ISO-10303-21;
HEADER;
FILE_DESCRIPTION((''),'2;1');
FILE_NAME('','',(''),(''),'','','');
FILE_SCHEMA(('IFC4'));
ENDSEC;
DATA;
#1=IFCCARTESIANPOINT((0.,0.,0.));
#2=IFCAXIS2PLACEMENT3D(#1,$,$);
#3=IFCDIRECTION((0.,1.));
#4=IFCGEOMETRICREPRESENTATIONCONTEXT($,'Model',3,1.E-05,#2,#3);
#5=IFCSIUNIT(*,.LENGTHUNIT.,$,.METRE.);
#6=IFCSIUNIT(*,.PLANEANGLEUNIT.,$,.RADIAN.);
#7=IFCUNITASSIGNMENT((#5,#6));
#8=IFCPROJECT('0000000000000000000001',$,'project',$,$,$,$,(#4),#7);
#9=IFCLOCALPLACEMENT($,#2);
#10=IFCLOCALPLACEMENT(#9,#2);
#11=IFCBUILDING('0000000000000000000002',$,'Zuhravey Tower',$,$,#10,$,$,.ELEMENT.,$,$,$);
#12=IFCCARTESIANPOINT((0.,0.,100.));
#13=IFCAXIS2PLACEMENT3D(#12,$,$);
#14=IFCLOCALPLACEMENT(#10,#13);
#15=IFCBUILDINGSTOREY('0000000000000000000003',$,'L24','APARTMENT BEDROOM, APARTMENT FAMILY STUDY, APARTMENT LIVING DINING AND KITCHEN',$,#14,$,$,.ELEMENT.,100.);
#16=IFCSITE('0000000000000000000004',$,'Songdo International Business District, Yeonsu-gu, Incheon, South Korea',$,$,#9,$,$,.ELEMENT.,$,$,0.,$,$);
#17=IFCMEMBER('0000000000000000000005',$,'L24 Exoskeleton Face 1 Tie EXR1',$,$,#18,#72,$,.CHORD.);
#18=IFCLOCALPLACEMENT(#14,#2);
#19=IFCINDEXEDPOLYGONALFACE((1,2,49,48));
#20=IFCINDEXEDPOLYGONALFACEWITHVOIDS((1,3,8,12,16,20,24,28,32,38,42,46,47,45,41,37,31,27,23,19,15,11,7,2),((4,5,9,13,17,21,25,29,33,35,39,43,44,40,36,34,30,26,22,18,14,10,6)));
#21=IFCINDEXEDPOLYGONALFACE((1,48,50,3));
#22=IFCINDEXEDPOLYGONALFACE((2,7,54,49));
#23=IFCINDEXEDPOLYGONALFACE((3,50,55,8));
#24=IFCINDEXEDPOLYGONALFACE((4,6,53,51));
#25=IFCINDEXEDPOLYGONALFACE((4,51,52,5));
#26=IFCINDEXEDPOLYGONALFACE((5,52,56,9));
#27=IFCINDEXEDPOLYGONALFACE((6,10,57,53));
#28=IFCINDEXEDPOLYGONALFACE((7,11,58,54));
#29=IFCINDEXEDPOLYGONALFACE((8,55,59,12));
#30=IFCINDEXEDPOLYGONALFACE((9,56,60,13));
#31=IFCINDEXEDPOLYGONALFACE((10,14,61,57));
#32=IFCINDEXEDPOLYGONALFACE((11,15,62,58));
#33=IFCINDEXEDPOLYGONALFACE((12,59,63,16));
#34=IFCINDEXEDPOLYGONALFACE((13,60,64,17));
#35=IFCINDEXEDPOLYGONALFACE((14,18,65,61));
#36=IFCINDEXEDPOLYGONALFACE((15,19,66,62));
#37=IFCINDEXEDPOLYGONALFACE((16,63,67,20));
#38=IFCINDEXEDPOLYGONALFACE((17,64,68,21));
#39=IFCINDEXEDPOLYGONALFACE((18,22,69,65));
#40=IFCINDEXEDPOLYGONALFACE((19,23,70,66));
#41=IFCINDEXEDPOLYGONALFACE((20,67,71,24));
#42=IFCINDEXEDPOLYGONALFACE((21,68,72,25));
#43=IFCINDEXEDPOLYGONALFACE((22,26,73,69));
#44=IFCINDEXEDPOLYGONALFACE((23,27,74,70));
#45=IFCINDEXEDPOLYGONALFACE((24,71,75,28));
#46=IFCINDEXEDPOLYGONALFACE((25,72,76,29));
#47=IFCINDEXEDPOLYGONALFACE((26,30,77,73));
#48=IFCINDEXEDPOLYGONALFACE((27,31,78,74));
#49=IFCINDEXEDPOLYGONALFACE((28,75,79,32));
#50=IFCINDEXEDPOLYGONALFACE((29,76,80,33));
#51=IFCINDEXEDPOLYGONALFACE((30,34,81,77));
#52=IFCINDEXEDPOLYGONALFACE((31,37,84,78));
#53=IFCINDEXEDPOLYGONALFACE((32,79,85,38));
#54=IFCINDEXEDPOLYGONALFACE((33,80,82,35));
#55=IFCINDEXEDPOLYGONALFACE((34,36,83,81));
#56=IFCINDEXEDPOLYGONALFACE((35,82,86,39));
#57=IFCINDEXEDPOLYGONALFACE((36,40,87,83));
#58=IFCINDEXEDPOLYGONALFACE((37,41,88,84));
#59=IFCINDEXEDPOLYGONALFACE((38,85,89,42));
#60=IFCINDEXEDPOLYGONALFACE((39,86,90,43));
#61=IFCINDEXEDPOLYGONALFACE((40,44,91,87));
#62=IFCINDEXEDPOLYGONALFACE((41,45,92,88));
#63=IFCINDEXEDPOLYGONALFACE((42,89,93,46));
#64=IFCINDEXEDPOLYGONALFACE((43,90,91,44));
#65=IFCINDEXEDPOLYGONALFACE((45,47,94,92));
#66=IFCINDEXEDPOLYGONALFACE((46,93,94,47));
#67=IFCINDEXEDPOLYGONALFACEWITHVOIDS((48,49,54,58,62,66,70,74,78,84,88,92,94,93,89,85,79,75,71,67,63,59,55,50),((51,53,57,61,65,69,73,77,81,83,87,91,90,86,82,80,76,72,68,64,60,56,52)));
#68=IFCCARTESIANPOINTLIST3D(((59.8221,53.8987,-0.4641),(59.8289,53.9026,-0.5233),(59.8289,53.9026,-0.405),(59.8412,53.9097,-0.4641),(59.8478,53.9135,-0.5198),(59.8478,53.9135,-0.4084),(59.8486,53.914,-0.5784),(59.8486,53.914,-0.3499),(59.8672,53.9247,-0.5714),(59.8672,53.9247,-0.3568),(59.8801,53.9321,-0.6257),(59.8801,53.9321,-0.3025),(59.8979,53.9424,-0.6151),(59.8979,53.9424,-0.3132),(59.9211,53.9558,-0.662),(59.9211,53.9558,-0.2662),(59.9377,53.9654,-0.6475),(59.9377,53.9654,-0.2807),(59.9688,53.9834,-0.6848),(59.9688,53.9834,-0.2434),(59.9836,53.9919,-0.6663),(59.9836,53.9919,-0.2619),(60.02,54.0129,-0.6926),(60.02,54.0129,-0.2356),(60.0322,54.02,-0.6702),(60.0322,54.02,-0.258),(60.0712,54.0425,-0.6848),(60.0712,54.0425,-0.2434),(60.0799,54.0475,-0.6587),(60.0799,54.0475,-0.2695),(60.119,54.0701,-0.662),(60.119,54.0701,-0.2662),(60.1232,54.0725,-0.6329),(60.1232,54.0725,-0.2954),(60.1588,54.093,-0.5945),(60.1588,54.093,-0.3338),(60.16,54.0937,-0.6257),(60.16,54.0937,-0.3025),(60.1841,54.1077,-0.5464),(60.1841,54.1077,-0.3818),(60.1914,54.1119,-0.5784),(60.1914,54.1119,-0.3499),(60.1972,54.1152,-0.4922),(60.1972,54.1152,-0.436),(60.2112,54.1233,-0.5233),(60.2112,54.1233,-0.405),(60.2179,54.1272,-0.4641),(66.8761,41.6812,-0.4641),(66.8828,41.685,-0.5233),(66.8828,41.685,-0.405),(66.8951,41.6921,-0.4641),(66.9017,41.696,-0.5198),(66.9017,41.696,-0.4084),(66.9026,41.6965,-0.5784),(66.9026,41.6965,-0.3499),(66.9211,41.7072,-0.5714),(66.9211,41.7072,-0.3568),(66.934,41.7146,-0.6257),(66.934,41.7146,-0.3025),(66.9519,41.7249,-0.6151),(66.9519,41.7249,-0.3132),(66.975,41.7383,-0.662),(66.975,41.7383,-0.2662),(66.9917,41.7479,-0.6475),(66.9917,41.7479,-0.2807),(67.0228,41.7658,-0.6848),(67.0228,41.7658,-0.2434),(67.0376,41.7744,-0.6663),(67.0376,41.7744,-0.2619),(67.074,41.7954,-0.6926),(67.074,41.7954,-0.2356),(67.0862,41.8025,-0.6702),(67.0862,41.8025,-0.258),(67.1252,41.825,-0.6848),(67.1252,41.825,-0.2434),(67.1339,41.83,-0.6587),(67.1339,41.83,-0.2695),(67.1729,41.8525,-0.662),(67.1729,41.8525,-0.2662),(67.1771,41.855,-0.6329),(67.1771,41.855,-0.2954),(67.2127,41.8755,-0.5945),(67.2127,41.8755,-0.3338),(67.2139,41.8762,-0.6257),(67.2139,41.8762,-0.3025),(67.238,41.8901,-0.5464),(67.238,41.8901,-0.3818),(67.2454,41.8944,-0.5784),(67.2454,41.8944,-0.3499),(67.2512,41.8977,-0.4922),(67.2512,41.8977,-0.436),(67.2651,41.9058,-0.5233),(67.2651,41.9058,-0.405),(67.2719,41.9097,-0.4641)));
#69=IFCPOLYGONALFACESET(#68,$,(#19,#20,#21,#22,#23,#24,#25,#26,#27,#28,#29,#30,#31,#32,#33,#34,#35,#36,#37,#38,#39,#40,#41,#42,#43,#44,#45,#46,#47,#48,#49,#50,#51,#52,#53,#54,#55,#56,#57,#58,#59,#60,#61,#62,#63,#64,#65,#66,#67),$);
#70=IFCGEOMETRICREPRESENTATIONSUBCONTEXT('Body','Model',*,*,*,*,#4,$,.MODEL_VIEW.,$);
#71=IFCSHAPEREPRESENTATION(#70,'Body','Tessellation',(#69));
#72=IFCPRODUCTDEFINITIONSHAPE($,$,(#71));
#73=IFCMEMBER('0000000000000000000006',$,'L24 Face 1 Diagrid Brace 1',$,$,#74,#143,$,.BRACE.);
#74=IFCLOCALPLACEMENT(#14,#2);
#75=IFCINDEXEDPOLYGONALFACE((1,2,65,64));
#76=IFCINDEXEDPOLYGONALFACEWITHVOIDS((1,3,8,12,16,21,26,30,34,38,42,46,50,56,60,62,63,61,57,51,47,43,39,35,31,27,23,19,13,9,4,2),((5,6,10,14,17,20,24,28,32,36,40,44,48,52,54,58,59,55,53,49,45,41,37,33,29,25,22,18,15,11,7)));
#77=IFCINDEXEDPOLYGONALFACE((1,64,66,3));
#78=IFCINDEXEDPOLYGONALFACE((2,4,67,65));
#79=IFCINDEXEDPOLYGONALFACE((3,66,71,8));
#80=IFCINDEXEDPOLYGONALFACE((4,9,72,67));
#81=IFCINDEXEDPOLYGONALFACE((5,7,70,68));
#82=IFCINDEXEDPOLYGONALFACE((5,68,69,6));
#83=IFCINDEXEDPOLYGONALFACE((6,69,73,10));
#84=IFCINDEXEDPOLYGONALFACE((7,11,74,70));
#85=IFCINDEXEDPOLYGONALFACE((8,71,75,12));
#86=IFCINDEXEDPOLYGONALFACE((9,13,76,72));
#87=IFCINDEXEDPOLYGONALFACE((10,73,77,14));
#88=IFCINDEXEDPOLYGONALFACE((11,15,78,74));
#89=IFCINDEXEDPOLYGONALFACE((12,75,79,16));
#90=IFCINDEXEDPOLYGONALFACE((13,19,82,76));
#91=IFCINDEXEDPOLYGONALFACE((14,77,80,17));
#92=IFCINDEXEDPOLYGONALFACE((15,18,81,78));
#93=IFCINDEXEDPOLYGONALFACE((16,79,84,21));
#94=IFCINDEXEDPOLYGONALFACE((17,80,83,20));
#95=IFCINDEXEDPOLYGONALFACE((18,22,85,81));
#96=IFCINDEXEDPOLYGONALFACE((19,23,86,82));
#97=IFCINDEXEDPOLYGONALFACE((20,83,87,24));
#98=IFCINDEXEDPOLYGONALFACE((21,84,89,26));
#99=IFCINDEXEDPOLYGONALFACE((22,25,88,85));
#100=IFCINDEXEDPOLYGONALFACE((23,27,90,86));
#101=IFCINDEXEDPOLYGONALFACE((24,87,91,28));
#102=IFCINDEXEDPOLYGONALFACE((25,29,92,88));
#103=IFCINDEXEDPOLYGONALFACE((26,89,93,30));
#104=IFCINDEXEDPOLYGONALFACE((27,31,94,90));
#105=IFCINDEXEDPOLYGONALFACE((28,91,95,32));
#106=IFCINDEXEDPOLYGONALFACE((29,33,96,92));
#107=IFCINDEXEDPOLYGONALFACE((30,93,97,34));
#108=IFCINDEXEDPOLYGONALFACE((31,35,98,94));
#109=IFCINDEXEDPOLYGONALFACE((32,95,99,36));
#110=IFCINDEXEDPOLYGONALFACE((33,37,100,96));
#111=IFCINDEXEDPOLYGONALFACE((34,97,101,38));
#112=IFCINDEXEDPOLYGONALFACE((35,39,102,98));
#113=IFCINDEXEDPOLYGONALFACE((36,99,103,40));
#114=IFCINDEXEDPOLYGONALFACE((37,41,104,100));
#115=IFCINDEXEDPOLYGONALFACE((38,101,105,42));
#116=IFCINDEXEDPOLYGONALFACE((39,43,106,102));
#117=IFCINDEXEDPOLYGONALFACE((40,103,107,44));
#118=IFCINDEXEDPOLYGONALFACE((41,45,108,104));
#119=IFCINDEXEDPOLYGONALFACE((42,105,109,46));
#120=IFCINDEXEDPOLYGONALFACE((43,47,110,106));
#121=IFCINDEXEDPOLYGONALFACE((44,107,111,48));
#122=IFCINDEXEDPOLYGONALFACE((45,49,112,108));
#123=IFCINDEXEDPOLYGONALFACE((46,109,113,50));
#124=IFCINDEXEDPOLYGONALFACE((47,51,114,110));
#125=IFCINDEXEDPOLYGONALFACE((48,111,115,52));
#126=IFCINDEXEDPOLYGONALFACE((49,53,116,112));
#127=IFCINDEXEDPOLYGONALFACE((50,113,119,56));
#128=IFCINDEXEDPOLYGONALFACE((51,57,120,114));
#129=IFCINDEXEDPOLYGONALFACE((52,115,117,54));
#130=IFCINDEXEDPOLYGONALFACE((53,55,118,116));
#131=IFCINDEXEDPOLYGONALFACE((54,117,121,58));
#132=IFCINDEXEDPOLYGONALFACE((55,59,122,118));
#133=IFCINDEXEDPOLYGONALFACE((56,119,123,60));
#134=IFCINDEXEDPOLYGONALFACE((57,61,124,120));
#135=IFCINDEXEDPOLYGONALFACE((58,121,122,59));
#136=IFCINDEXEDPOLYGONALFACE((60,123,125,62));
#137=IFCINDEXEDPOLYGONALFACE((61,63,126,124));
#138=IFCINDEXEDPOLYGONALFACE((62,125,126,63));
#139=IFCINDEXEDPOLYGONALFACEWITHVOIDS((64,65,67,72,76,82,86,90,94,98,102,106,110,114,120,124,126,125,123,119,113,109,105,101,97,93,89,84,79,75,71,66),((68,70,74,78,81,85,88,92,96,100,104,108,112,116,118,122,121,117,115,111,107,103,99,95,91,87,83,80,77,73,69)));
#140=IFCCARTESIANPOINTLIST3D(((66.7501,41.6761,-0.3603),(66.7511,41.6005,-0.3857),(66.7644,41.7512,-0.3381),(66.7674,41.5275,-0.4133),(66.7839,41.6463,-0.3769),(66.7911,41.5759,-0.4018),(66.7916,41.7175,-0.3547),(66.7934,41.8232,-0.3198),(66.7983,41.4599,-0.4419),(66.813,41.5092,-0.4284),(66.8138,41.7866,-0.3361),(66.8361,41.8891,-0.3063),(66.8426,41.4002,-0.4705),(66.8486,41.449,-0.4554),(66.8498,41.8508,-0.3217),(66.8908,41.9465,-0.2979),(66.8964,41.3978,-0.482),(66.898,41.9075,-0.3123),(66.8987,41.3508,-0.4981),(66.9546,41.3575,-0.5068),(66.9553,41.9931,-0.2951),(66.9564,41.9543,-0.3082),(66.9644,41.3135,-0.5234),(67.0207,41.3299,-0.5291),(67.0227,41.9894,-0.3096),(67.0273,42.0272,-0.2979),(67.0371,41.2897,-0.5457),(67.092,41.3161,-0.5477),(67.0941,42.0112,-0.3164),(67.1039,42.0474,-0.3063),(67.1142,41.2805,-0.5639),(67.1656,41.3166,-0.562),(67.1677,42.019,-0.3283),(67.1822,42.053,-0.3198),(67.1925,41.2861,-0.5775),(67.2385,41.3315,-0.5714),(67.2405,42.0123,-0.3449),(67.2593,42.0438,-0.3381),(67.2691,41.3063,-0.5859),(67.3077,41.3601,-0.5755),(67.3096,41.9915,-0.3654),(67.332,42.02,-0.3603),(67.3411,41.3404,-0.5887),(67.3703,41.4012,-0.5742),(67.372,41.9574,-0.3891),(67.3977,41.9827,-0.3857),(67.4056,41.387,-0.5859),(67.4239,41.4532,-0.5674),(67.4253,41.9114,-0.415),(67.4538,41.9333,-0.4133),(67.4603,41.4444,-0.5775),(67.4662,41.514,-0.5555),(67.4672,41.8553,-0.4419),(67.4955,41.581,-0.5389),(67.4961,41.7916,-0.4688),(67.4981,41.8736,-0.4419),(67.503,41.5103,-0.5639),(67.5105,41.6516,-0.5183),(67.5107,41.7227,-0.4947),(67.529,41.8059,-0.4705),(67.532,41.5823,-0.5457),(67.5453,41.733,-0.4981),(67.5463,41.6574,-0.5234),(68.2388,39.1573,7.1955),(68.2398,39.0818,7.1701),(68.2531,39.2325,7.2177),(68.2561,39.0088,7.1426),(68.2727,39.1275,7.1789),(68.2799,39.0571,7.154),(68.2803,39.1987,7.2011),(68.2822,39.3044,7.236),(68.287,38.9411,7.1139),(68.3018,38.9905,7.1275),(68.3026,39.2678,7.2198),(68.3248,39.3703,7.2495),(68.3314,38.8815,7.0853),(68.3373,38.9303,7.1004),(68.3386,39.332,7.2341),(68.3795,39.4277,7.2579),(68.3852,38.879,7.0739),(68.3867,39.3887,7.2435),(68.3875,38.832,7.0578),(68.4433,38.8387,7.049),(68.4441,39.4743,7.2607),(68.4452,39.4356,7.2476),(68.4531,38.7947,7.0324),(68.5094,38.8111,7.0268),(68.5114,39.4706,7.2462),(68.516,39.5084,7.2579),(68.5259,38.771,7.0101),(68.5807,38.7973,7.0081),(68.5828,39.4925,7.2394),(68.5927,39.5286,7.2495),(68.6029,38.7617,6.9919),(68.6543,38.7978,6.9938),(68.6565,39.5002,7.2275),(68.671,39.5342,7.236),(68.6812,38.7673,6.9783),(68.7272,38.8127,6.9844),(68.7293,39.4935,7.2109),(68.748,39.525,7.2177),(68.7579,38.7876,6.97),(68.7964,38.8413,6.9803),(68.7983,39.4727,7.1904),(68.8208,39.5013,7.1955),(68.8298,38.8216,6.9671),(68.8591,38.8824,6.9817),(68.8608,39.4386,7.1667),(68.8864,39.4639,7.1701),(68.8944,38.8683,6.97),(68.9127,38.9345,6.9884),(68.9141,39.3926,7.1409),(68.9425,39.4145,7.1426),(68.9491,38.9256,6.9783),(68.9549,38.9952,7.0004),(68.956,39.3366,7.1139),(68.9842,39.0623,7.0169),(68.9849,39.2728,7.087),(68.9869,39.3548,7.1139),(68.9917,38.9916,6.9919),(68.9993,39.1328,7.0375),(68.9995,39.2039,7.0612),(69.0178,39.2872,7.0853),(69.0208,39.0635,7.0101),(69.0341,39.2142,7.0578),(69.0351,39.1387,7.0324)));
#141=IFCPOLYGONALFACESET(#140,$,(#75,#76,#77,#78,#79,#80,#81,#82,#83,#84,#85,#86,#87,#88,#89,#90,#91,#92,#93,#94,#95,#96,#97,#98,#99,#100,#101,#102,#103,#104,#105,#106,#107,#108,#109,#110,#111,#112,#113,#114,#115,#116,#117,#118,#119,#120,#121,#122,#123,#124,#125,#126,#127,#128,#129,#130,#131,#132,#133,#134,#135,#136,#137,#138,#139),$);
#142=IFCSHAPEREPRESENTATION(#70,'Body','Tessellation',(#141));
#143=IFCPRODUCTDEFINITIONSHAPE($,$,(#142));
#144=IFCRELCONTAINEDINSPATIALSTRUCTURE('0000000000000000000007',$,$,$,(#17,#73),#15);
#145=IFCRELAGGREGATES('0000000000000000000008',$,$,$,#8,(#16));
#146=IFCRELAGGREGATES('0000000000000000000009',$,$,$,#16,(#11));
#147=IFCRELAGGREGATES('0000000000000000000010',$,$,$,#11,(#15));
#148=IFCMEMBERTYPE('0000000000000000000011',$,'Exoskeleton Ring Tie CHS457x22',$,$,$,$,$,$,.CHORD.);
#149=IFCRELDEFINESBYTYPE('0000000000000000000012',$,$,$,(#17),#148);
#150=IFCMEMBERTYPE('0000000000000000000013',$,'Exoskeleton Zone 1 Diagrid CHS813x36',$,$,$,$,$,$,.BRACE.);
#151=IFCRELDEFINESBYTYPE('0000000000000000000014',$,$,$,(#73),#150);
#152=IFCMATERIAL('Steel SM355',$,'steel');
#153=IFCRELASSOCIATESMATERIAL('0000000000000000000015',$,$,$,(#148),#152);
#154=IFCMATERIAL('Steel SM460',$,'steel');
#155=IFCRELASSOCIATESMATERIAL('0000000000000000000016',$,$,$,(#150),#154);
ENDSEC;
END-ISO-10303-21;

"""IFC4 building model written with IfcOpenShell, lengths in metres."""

from ifc_helpers import new_model, si_unit, direction, frame, origin, origin_2d, place, context, subcontext, project, spatial, hollow_circle, extrude, material, material_profile, profile_set, type_object, element, save


model = new_model("IFC4")

# Units and contexts
model_context = context("Model", 3, precision=1e-05, world=origin(), true_north=direction((0.0, 1.0)))
body_context = subcontext(model_context, "Body", "Model", "MODEL_VIEW")
ifc_project = project(units=[si_unit("LENGTHUNIT", "METRE"), si_unit("PLANEANGLEUNIT", "RADIAN")], contexts=[model_context])

# Site, building, storey
site_placement = place(None, origin())
site = spatial("IfcSite", under=ifc_project, at=site_placement, Name="Songdo International Business District, Yeonsu-gu, Incheon, South Korea", CompositionType="ELEMENT", RefElevation=0.0)
building_placement = place(site_placement, origin())
building = spatial("IfcBuilding", under=site, at=building_placement, Name="Zuhravey Tower", CompositionType="ELEMENT")
storey_placement = place(building_placement, frame((0.0, 0.0, 100.0)))
storey = spatial("IfcBuildingStorey", under=building, at=storey_placement, Name="L24", Description="APARTMENT BEDROOM, APARTMENT FAMILY STUDY, APARTMENT LIVING DINING AND KITCHEN", CompositionType="ELEMENT", Elevation=100.0)

# Members
ifc_material_1 = material(Name="Steel SM355", Category="steel")
ifc_material_profile_1 = material_profile(ifc_material_1, hollow_circle(Radius=0.2285, WallThickness=0.022, at=origin_2d()), Name="CHS-457.2x22")
ifc_profile_set_1 = profile_set([ifc_material_profile_1], Name="Steel SM355")
member_type_1 = type_object("IfcMemberType", Name="Exoskeleton Ring Tie CHS457x22", PredefinedType="CHORD", material=ifc_profile_set_1)
member_1_placement = place(storey_placement, frame((67.074, 41.7954, -0.4641), z_axis=(-0.500009, 0.86602, 0.0), x_axis=(-0.86602, -0.500009, 0.0)))
element("IfcMember", 1, at=member_1_placement, inside=storey, type_object=member_type_1, Name="L24 Exoskeleton Face 1 Tie EXR1", PredefinedType="CHORD", context=body_context, shape_type="SweptSolid", body=[
    extrude(hollow_circle(Radius=0.2285, WallThickness=0.022, at=origin_2d()), origin(), (0.0, 0.0, 1.0), 14.1077),
])
ifc_material_2 = material(Name="Steel SM460", Category="steel")
ifc_material_profile_2 = material_profile(ifc_material_2, hollow_circle(Radius=0.4065, WallThickness=0.0359, at=origin_2d()), Name="CHS-812.8x36")
ifc_profile_set_2 = profile_set([ifc_material_profile_2], Name="Steel SM460")
member_type_2 = type_object("IfcMemberType", Name="Exoskeleton Zone 1 Diagrid CHS813x36", PredefinedType="BRACE", material=ifc_profile_set_2)
member_2_placement = place(storey_placement, frame((67.1482, 41.6667, -0.4419), z_axis=(0.183739, -0.310862, 0.932526), x_axis=(0.860868, 0.508828, 0.0)))
element("IfcMember", 2, at=member_2_placement, inside=storey, type_object=member_type_2, Name="L24 Face 1 Diagrid Brace 1", PredefinedType="BRACE", context=body_context, shape_type="SweptSolid", body=[
    extrude(hollow_circle(Radius=0.4065, WallThickness=0.0359, at=origin_2d()), origin(), (0.0, 0.0, 1.0), 8.1025),
])

save(model, "model.ifc")
